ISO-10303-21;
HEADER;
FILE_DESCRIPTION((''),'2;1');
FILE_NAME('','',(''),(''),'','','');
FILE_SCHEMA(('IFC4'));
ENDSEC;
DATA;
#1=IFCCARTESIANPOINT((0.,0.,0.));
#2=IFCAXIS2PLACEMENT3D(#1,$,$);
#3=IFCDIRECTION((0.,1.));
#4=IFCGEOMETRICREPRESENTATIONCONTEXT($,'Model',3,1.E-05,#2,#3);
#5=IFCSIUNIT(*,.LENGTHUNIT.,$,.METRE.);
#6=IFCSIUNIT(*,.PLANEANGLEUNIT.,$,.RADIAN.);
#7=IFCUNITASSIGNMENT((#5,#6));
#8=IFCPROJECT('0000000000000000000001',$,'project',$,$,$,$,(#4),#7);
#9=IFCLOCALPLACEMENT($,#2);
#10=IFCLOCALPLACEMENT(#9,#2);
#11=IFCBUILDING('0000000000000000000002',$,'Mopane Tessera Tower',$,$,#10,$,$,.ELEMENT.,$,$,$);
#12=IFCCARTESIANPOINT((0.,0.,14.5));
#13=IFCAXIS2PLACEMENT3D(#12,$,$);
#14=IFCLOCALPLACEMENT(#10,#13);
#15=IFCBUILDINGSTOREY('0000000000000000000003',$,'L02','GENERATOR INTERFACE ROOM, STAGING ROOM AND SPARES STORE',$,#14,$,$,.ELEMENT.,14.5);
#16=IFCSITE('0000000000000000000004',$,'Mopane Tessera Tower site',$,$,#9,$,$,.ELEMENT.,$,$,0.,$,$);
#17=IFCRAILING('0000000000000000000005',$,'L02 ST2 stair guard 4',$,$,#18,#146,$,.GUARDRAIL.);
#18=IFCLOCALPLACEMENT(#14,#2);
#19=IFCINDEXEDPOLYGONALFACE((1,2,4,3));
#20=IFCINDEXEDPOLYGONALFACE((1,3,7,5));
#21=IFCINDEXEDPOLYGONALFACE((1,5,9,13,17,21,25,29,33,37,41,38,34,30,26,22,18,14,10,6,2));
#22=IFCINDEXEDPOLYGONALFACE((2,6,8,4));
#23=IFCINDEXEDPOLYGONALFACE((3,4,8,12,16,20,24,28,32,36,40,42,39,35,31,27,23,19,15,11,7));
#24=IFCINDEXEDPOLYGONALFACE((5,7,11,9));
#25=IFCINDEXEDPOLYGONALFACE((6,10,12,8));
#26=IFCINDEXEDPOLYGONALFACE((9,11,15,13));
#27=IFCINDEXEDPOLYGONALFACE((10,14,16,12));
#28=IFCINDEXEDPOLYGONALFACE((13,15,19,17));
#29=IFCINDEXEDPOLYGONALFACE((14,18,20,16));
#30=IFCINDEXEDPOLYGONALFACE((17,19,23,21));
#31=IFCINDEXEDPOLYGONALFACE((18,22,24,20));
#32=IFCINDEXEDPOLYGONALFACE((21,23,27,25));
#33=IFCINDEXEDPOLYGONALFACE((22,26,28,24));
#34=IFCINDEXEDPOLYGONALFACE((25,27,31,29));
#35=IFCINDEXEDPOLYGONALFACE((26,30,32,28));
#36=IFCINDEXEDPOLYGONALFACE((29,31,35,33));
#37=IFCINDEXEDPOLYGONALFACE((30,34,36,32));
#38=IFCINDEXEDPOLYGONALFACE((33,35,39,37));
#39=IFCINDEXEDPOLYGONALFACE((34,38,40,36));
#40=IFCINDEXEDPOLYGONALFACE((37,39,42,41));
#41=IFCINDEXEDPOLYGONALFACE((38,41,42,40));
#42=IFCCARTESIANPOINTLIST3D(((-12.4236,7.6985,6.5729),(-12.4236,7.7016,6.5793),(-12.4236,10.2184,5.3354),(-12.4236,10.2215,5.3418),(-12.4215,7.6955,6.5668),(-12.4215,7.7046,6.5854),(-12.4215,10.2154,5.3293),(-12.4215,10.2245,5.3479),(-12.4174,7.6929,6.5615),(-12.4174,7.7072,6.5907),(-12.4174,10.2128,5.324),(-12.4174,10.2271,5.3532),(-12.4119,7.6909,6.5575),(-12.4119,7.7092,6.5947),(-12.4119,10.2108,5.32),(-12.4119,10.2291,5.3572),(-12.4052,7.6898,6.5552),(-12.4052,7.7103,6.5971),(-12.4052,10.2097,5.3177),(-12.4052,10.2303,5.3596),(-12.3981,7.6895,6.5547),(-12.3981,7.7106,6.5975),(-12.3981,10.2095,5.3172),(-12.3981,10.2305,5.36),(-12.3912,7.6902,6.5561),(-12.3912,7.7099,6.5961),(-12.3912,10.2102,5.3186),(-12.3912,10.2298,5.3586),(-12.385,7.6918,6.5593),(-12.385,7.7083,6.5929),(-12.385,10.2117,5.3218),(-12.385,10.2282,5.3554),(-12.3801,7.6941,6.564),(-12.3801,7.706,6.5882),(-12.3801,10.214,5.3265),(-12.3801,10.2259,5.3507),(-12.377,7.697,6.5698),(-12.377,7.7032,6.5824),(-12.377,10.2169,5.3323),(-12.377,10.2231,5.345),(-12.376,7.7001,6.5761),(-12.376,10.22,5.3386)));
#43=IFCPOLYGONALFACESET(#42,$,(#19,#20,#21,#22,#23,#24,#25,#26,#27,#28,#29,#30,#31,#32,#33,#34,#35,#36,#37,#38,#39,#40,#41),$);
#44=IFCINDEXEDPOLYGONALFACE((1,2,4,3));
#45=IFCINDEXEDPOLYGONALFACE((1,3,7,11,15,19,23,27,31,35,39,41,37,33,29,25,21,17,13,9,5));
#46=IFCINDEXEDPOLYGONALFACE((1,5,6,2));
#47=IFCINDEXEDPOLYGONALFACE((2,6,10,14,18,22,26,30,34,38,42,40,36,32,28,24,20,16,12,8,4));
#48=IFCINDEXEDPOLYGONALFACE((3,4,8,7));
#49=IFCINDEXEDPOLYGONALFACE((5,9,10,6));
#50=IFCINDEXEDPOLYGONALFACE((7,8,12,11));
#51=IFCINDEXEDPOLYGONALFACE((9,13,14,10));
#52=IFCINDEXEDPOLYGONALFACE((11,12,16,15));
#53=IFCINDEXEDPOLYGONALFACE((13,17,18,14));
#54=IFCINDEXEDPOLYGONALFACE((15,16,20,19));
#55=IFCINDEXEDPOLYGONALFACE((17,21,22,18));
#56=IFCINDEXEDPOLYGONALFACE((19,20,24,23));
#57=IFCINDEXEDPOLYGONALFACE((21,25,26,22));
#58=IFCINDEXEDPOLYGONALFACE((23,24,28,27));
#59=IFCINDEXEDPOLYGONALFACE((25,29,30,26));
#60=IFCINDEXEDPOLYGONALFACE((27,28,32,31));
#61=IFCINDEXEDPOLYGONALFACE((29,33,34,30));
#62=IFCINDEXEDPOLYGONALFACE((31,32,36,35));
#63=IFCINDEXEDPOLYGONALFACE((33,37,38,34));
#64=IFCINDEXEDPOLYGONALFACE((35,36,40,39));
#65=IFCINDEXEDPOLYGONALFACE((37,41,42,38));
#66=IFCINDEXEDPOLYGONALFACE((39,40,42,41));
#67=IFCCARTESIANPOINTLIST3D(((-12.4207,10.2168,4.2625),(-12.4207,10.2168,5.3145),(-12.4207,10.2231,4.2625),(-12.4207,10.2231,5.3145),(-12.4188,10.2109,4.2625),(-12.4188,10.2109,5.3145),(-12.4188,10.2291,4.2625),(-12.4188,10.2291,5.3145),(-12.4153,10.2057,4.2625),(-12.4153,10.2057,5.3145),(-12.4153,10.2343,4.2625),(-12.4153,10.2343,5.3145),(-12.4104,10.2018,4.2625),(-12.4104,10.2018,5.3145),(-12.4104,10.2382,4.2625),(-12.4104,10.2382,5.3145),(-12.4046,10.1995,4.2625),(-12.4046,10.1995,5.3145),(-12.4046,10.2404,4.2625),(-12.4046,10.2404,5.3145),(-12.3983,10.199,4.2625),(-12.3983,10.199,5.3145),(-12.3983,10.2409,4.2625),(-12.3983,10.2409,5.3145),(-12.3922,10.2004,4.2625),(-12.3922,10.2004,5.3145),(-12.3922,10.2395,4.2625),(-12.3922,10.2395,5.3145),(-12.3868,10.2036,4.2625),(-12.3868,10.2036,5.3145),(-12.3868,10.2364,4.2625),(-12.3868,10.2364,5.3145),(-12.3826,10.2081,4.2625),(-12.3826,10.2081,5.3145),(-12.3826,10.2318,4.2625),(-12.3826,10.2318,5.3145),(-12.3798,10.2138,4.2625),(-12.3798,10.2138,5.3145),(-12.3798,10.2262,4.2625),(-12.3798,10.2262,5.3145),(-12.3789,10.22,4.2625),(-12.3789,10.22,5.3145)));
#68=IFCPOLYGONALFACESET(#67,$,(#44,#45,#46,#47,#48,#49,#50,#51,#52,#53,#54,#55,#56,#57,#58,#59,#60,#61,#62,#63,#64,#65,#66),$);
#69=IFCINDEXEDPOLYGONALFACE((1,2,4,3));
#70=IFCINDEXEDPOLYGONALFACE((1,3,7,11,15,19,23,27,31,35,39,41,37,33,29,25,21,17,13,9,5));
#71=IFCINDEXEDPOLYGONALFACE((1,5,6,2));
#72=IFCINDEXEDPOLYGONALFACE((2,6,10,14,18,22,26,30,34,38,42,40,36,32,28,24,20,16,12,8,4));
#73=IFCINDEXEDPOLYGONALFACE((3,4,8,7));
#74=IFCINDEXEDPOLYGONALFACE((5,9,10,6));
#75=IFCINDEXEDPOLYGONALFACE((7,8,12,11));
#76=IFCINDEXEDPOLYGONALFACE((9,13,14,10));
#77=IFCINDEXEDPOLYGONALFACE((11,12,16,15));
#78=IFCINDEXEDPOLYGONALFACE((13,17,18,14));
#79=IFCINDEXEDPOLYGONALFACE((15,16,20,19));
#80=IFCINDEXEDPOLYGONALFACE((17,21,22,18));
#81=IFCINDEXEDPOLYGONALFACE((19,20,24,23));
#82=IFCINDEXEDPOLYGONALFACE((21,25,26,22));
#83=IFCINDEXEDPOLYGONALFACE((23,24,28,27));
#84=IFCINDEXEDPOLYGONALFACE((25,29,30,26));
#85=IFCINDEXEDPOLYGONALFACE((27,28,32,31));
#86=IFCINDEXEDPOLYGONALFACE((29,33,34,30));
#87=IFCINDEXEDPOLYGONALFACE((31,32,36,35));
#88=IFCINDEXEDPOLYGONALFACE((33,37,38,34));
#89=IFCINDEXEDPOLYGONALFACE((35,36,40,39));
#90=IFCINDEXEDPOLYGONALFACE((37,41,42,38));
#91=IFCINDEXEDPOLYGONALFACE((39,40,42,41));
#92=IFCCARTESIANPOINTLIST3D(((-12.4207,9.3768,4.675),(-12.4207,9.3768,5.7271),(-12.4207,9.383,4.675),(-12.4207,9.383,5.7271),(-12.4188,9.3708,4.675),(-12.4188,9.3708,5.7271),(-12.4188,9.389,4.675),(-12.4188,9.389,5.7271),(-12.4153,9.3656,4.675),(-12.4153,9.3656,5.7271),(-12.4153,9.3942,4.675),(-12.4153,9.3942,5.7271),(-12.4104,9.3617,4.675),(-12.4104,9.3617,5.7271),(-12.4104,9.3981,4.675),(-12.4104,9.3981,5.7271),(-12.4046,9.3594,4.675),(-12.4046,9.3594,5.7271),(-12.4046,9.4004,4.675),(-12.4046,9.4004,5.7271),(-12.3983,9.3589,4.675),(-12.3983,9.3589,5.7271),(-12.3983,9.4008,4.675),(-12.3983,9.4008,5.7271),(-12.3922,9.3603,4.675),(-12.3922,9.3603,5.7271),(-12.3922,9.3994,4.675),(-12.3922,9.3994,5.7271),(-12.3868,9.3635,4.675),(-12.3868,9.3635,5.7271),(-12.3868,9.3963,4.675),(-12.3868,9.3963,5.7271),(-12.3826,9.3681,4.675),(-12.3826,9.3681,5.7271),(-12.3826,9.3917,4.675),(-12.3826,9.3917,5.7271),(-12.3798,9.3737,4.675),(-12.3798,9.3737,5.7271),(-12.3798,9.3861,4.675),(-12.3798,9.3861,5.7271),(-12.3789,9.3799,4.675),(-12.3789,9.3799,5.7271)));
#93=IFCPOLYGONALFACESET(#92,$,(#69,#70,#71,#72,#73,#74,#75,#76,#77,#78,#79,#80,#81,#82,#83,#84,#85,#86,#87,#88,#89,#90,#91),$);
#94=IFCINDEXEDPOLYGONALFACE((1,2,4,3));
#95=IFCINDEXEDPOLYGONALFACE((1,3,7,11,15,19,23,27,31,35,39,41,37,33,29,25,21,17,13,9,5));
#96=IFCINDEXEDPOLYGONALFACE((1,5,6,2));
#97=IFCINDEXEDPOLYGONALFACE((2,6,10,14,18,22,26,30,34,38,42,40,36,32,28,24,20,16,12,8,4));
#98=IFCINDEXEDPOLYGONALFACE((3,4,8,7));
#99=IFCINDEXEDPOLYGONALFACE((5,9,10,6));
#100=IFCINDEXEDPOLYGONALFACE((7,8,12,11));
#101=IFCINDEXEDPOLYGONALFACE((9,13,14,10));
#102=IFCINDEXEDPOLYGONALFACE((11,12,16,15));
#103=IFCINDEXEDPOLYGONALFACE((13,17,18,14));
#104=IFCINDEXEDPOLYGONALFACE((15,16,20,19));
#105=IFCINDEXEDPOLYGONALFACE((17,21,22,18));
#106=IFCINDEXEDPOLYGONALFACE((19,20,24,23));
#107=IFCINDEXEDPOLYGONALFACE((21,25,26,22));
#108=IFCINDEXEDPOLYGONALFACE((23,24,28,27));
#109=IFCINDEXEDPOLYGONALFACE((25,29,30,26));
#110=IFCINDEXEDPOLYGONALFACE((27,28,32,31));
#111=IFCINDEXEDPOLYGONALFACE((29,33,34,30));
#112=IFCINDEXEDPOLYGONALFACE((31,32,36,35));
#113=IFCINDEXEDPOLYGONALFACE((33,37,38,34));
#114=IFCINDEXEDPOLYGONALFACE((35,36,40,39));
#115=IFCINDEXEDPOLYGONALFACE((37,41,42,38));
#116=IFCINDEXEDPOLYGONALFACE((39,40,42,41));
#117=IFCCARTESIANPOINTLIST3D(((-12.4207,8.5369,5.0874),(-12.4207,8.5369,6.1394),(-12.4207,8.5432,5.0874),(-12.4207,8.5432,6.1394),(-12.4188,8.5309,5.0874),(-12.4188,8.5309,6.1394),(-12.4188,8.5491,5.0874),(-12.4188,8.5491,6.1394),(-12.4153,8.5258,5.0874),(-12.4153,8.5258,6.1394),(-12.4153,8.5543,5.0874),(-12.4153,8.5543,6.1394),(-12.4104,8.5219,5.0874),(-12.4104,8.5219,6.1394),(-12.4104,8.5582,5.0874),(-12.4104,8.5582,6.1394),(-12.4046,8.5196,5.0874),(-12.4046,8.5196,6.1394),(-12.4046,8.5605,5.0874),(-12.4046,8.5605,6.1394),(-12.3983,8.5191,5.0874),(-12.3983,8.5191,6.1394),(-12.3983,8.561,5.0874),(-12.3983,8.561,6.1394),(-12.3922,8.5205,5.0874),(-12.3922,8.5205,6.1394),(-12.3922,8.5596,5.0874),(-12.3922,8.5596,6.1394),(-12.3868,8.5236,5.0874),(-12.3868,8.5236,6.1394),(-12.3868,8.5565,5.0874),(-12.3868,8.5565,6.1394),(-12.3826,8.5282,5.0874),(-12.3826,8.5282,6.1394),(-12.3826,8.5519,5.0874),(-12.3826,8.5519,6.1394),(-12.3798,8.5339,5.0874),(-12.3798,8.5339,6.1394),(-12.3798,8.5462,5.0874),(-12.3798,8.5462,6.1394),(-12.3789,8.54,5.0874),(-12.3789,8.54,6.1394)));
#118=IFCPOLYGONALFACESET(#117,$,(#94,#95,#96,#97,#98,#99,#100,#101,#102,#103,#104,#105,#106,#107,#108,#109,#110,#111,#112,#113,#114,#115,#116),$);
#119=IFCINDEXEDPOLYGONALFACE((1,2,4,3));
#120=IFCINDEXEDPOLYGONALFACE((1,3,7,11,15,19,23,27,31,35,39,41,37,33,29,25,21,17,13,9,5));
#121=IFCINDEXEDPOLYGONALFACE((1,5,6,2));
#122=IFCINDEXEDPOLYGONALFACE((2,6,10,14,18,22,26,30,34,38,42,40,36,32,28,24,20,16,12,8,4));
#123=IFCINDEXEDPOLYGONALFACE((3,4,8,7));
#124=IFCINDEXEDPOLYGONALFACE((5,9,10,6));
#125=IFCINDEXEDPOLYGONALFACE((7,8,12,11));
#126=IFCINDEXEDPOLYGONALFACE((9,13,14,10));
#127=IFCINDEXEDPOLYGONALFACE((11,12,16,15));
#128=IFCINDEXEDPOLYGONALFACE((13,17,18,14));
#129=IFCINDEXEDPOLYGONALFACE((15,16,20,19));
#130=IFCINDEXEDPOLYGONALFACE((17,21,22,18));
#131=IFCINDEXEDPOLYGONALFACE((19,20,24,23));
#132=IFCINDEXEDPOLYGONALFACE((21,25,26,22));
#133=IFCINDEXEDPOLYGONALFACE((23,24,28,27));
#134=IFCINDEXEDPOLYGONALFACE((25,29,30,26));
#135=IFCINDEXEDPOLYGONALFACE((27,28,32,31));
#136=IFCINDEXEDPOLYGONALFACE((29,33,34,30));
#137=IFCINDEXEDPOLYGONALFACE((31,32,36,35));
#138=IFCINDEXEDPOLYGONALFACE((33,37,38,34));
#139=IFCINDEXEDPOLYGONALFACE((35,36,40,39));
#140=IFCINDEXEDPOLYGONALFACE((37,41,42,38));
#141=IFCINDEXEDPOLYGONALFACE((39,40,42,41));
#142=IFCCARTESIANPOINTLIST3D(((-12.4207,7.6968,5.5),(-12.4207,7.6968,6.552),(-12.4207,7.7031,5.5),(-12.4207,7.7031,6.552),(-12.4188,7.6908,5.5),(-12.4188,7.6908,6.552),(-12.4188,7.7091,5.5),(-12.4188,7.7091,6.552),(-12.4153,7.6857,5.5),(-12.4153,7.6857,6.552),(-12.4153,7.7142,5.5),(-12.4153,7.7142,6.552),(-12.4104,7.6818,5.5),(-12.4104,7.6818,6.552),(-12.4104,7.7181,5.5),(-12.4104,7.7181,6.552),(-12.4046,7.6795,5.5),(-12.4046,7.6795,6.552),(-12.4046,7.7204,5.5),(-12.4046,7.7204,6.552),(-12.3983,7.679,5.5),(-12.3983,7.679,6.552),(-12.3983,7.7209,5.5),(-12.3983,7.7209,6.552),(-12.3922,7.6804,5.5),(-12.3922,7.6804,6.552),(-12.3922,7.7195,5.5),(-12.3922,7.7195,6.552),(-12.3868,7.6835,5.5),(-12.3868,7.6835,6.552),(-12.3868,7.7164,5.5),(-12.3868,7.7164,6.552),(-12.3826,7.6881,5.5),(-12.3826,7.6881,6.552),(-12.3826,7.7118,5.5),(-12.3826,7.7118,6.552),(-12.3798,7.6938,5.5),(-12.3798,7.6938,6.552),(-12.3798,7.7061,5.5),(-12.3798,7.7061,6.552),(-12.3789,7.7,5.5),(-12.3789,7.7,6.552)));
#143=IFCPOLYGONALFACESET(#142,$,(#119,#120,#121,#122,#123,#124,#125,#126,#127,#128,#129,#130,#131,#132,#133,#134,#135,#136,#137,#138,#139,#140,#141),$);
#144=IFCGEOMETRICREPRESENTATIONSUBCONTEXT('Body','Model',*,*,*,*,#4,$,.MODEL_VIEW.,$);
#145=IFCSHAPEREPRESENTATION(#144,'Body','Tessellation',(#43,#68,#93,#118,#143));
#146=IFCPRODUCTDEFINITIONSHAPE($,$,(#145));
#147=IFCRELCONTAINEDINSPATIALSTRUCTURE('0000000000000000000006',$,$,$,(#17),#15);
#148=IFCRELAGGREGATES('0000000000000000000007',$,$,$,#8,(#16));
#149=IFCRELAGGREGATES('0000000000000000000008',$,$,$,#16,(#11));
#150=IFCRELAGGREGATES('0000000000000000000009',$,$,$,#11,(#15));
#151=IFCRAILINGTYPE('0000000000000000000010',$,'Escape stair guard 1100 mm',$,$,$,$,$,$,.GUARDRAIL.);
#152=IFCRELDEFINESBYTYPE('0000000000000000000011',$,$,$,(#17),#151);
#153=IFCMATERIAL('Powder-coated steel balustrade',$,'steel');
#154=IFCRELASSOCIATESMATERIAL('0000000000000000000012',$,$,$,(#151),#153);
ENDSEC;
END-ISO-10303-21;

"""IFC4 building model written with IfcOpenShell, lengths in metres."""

from ifc_helpers import new_model, si_unit, direction, frame, origin, origin_2d, place, context, subcontext, project, spatial, circle, extrude, material, type_object, element, save


model = new_model("IFC4")

# Units and contexts
model_context = context("Model", 3, precision=1e-05, world=origin(), true_north=direction((0.0, 1.0)))
body_context = subcontext(model_context, "Body", "Model", "MODEL_VIEW")
ifc_project = project(units=[si_unit("LENGTHUNIT", "METRE"), si_unit("PLANEANGLEUNIT", "RADIAN")], contexts=[model_context])

# Site, building, storey
site_placement = place(None, origin())
site = spatial("IfcSite", under=ifc_project, at=site_placement, Name="Mopane Tessera Tower site", CompositionType="ELEMENT", RefElevation=0.0)
building_placement = place(site_placement, origin())
building = spatial("IfcBuilding", under=site, at=building_placement, Name="Mopane Tessera Tower", CompositionType="ELEMENT")
storey_placement = place(building_placement, frame((0.0, 0.0, 14.5)))
storey = spatial("IfcBuildingStorey", under=building, at=storey_placement, Name="L02", Description="GENERATOR INTERFACE ROOM, STAGING ROOM AND SPARES STORE", CompositionType="ELEMENT", Elevation=14.5)

# Railing
ifc_material_1 = material(Name="Powder-coated steel balustrade", Category="steel")
railing_type_1 = type_object("IfcRailingType", Name="Escape stair guard 1100 mm", PredefinedType="GUARDRAIL", material=ifc_material_1)
railing_1_placement = place(storey_placement, frame((-12.3999, 10.22, 4.2625)))
element("IfcRailing", 1, at=railing_1_placement, inside=storey, type_object=railing_type_1, Name="L02 ST2 stair guard 4", PredefinedType="GUARDRAIL", context=body_context, shape_type="SweptSolid", body=[
    extrude(circle(Radius=0.0239, at=origin_2d()), frame((0.0, 0.0, 1.0762), z_axis=(0.0, -0.897604, 0.440802), x_axis=(1.0, 0.0, 0.0)), (0.0, 0.0, 1.0), 2.8074),
    extrude(circle(Radius=0.021, at=origin_2d()), origin(), (0.0, 0.0, 1.0), 1.052),
    extrude(circle(Radius=0.021, at=origin_2d()), frame((0.0, -0.8401, 0.4126)), (0.0, 0.0, 1.0), 1.052),
    extrude(circle(Radius=0.021, at=origin_2d()), frame((0.0, -1.6799, 0.825)), (0.0, 0.0, 1.0), 1.052),
    extrude(circle(Radius=0.021, at=origin_2d()), frame((0.0, -2.52, 1.2375)), (0.0, 0.0, 1.0), 1.052),
])

save(model, "model.ifc")
